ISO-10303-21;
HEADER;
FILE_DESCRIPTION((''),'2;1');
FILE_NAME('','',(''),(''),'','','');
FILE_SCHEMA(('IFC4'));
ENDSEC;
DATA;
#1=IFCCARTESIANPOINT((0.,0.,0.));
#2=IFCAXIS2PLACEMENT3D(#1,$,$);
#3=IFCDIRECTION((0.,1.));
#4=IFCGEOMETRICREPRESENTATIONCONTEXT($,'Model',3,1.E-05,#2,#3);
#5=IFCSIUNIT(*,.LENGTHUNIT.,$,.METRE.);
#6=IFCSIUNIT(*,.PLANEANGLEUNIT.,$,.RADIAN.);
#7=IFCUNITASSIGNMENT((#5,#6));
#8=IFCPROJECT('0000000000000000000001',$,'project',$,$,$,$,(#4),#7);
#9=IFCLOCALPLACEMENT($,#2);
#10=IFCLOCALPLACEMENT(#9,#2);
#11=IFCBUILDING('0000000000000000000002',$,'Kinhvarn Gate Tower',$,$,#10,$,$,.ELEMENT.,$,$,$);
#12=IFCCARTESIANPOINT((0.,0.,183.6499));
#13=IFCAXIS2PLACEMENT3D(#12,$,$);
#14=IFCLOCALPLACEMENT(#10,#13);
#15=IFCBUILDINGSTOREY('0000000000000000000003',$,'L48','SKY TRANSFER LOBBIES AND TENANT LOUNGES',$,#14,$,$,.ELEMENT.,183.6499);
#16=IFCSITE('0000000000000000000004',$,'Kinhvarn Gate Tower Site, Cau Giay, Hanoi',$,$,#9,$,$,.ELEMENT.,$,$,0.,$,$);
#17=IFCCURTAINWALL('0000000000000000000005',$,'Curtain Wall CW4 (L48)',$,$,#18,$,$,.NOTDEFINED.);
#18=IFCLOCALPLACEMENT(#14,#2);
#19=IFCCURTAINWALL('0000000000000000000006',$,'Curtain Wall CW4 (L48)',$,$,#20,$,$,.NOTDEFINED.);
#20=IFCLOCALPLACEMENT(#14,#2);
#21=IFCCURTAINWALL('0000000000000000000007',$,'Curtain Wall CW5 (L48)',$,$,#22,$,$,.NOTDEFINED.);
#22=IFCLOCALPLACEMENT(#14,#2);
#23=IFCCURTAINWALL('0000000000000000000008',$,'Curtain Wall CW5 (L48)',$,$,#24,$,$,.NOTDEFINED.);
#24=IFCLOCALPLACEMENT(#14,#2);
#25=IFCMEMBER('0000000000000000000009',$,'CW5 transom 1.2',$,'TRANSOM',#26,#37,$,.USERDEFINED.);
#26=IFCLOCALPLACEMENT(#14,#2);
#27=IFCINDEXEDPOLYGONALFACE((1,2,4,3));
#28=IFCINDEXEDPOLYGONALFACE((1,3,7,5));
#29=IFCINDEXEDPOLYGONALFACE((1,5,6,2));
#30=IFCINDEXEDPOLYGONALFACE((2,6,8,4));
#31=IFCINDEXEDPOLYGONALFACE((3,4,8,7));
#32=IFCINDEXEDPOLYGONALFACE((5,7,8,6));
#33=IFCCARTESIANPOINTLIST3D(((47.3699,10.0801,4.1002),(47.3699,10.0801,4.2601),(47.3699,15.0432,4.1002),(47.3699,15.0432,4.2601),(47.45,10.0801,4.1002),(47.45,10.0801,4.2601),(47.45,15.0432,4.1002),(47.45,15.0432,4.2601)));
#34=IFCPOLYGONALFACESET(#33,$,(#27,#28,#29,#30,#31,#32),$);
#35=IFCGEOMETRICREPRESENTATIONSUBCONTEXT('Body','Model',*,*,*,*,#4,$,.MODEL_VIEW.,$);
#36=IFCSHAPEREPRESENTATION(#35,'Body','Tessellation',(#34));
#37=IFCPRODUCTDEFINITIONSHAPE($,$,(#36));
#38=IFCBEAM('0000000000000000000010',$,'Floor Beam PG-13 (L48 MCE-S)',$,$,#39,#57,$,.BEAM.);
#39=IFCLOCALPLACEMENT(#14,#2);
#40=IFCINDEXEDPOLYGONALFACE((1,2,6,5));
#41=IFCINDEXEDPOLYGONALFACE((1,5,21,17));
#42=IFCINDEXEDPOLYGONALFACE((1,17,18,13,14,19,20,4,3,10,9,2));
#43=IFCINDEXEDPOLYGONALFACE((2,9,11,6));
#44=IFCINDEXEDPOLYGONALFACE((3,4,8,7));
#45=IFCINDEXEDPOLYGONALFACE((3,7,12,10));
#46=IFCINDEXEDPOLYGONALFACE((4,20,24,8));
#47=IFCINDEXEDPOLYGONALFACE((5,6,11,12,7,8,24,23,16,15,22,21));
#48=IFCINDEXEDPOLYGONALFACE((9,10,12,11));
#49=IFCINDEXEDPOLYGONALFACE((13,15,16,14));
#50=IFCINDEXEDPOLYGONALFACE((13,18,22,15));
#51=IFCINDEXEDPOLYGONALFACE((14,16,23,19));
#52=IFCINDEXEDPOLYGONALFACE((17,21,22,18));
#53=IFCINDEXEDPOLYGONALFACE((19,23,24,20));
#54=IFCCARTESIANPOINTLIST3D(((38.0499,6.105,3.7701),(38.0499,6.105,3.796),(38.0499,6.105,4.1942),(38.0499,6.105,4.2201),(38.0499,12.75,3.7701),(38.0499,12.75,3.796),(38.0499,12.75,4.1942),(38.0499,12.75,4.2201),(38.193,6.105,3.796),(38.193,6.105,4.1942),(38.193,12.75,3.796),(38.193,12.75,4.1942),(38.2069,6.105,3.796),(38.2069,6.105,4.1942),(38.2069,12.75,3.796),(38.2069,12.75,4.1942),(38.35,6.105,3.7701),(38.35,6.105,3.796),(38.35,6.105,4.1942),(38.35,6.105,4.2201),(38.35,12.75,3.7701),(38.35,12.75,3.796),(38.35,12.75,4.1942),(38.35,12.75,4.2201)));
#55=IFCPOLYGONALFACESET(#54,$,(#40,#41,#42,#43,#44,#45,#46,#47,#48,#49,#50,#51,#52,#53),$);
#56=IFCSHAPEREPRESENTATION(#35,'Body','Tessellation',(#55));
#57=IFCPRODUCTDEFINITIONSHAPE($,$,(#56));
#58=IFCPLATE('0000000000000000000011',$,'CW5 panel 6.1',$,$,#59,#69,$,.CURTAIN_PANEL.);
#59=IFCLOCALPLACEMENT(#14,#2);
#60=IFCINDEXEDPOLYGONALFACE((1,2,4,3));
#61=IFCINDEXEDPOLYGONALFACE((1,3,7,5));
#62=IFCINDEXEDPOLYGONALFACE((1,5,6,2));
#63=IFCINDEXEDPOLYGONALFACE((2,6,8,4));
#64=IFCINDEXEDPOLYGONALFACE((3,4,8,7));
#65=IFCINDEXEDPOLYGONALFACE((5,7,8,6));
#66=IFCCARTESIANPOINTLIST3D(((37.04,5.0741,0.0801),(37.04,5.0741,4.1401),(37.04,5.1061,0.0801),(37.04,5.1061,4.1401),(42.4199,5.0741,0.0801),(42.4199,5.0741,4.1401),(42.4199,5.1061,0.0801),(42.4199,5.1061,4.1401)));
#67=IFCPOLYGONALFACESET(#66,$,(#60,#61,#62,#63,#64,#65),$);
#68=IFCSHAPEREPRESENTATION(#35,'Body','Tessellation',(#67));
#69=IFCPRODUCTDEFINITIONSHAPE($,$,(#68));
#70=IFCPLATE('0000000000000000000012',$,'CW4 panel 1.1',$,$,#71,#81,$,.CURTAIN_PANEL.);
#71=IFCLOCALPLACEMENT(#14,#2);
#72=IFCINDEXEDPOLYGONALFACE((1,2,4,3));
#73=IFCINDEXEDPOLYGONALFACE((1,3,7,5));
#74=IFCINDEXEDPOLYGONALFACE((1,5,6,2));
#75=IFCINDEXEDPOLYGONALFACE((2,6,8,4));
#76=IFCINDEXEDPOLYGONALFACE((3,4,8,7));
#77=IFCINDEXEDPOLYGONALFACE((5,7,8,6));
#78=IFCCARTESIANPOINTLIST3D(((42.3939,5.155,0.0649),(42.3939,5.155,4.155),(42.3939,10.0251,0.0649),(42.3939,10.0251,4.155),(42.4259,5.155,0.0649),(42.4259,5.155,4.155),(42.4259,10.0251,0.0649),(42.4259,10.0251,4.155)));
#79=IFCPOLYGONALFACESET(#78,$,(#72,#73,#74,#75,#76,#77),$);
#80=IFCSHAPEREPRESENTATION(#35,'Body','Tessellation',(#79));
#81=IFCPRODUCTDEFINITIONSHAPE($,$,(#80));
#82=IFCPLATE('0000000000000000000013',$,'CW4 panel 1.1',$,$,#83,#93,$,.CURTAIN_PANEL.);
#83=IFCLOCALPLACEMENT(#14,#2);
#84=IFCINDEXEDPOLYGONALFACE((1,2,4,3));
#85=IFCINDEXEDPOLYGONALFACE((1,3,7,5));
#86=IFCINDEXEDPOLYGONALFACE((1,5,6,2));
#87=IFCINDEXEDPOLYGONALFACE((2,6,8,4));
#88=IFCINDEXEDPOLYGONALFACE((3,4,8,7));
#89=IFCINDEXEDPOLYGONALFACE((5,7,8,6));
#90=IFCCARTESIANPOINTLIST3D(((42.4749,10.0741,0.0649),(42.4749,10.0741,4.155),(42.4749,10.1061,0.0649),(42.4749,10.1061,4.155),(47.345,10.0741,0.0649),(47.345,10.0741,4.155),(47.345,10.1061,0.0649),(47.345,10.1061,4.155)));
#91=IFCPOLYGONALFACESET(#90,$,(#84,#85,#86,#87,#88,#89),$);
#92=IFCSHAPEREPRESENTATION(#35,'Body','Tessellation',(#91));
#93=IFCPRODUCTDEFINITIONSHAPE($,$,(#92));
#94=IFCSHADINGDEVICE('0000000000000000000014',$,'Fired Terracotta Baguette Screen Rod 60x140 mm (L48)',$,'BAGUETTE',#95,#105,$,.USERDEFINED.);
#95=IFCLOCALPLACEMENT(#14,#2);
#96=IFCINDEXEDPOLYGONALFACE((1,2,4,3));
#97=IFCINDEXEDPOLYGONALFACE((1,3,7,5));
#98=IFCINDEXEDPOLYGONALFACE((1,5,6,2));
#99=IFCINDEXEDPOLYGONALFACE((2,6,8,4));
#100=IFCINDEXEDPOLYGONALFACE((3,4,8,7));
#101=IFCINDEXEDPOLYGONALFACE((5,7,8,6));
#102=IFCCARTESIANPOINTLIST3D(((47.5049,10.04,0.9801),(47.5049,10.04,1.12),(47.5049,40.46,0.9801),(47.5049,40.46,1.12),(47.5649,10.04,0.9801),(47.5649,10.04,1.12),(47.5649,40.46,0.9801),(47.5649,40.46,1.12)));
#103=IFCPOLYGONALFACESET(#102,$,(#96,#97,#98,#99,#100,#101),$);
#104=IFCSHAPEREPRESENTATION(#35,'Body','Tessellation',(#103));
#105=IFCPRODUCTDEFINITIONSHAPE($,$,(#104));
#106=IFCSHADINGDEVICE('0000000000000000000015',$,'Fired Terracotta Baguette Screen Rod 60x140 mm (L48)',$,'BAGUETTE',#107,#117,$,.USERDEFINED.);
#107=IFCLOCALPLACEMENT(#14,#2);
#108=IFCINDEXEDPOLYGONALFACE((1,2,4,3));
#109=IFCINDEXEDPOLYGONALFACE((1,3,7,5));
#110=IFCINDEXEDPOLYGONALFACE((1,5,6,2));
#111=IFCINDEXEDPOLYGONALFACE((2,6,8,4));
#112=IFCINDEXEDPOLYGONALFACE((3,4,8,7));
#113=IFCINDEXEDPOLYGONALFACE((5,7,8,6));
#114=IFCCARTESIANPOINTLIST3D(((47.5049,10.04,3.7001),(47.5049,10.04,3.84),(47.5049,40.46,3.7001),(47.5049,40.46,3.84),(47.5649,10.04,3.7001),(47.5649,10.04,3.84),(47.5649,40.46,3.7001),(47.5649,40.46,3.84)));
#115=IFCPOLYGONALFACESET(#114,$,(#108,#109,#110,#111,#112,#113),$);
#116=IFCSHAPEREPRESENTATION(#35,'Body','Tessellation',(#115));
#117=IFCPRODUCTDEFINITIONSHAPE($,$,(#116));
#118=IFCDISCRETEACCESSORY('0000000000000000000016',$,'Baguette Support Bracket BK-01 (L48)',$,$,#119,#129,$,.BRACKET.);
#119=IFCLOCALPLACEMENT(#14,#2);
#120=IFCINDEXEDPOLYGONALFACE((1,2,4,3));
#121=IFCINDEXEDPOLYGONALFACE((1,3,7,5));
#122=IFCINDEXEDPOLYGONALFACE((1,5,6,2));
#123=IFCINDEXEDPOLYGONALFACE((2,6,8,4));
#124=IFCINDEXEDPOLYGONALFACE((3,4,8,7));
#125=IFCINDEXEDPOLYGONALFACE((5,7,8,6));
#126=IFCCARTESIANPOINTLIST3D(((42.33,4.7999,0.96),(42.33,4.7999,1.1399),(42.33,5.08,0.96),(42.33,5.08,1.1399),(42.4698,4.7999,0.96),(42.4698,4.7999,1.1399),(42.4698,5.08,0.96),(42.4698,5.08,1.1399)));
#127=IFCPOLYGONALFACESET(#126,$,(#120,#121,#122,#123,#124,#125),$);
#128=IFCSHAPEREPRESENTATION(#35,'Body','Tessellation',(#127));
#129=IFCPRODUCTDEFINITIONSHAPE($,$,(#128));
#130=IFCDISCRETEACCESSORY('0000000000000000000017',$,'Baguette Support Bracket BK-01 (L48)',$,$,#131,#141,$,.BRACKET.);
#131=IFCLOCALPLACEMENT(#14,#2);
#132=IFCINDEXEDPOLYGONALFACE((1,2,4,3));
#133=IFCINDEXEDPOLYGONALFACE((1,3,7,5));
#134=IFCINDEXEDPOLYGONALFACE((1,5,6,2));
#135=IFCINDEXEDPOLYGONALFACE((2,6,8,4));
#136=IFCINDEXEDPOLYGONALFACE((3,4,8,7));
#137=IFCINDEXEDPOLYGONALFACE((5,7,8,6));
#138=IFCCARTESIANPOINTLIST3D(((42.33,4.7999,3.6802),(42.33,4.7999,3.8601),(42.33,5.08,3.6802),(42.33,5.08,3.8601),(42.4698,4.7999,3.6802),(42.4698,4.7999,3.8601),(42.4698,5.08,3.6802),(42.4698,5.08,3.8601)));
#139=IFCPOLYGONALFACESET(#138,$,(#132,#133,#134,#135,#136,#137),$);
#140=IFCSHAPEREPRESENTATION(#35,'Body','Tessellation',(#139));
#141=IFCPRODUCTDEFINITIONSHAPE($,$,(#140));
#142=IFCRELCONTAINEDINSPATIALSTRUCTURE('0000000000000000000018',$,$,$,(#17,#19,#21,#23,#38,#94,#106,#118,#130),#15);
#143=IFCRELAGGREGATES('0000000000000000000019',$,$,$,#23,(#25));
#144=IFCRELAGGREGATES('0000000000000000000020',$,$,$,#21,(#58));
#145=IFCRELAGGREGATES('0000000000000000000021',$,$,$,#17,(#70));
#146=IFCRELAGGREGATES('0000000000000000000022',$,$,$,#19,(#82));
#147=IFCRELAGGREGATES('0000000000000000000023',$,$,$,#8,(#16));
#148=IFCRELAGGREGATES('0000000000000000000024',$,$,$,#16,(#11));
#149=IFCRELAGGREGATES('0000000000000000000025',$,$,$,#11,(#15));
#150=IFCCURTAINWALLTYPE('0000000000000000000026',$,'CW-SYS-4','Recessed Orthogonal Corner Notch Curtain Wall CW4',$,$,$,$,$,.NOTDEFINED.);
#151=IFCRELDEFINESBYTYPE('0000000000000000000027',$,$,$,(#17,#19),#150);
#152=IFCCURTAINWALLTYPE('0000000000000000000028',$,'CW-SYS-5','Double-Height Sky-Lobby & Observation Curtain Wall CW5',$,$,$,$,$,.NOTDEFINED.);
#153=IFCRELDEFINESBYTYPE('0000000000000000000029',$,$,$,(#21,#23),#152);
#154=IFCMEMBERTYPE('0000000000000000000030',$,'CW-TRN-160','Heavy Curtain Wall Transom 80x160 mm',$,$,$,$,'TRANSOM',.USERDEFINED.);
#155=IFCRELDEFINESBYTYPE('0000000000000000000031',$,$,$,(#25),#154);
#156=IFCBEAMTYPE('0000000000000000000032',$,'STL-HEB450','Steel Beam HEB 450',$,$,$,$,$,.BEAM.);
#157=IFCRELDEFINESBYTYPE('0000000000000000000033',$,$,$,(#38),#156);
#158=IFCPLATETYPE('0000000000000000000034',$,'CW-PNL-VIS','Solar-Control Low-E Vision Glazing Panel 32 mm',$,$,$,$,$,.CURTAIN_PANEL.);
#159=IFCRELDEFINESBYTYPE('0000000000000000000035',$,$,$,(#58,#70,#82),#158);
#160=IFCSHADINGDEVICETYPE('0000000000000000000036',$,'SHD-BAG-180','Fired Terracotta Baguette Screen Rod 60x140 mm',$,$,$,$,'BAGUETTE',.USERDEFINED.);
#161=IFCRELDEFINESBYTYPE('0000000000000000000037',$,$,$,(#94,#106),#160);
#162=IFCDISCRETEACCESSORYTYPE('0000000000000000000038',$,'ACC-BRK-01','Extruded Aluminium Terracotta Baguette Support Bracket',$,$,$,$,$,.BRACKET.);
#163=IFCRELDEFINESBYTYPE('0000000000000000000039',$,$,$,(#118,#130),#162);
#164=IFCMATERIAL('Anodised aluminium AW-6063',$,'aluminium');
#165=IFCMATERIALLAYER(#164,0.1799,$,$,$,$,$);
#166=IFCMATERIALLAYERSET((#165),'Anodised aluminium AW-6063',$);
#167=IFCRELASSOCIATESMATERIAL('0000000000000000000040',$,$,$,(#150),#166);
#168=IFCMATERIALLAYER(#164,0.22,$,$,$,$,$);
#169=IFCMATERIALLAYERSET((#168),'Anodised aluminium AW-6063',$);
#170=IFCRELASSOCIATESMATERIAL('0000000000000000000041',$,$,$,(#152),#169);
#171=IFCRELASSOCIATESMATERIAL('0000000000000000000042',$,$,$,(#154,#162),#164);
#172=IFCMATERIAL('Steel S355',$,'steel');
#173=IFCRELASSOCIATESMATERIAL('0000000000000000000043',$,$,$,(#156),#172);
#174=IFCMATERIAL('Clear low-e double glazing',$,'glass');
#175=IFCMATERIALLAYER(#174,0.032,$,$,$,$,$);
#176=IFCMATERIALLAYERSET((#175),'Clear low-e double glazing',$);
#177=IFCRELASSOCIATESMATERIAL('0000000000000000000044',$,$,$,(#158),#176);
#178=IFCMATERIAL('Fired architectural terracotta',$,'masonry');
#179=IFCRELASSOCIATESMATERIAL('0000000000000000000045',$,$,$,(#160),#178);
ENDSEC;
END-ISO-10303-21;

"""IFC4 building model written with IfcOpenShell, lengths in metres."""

from ifc_helpers import new_model, si_unit, direction, frame, origin, origin_2d, place, context, subcontext, project, spatial, rectangle, i_section, extrude, material, layer, layer_set, material_profile, profile_set, type_object, element, aggregate, save


model = new_model("IFC4")

# Units and contexts
model_context = context("Model", 3, precision=1e-05, world=origin(), true_north=direction((0.0, 1.0)))
body_context = subcontext(model_context, "Body", "Model", "MODEL_VIEW")
ifc_project = project(units=[si_unit("LENGTHUNIT", "METRE"), si_unit("PLANEANGLEUNIT", "RADIAN")], contexts=[model_context])

# Site, building, storey
site_placement = place(None, origin())
site = spatial("IfcSite", under=ifc_project, at=site_placement, Name="Kinhvarn Gate Tower Site, Cau Giay, Hanoi", CompositionType="ELEMENT", RefElevation=0.0)
building_placement = place(site_placement, origin())
building = spatial("IfcBuilding", under=site, at=building_placement, Name="Kinhvarn Gate Tower", CompositionType="ELEMENT")
storey_placement = place(building_placement, frame((0.0, 0.0, 183.6499)))
storey = spatial("IfcBuildingStorey", under=building, at=storey_placement, Name="L48", Description="SKY TRANSFER LOBBIES AND TENANT LOUNGES", CompositionType="ELEMENT", Elevation=183.6499)

# Curtain wall
ifc_material_1 = material(Name="Anodised aluminium AW-6063", Category="aluminium")
ifc_layer_1 = layer(ifc_material_1, 0.1799)
ifc_layer_set_1 = layer_set([ifc_layer_1], Name="Anodised aluminium AW-6063")
curtain_wall_type_1 = type_object("IfcCurtainWallType", Name="CW-SYS-4", Description="Recessed Orthogonal Corner Notch Curtain Wall CW4", PredefinedType="NOTDEFINED", material=ifc_layer_set_1)
curtain_wall_1_placement = place(storey_placement, origin())
curtain_wall_1 = element("IfcCurtainWall", 1, at=curtain_wall_1_placement, inside=storey, type_object=curtain_wall_type_1, Name="Curtain Wall CW4 (L48)", PredefinedType="NOTDEFINED")

# Curtain wall
curtain_wall_2_placement = place(storey_placement, origin())
curtain_wall_2 = element("IfcCurtainWall", 2, at=curtain_wall_2_placement, inside=storey, type_object=curtain_wall_type_1, Name="Curtain Wall CW4 (L48)", PredefinedType="NOTDEFINED")

# Curtain wall
ifc_layer_2 = layer(ifc_material_1, 0.22)
ifc_layer_set_2 = layer_set([ifc_layer_2], Name="Anodised aluminium AW-6063")
curtain_wall_type_2 = type_object("IfcCurtainWallType", Name="CW-SYS-5", Description="Double-Height Sky-Lobby & Observation Curtain Wall CW5", PredefinedType="NOTDEFINED", material=ifc_layer_set_2)
curtain_wall_3_placement = place(storey_placement, origin())
curtain_wall_3 = element("IfcCurtainWall", 3, at=curtain_wall_3_placement, inside=storey, type_object=curtain_wall_type_2, Name="Curtain Wall CW5 (L48)", PredefinedType="NOTDEFINED")

# Curtain wall
curtain_wall_4_placement = place(storey_placement, origin())
curtain_wall_4 = element("IfcCurtainWall", 4, at=curtain_wall_4_placement, inside=storey, type_object=curtain_wall_type_2, Name="Curtain Wall CW5 (L48)", PredefinedType="NOTDEFINED")

# Member
ifc_material_profile_1 = material_profile(ifc_material_1, rectangle(XDim=0.0801, YDim=0.1599, at=origin_2d()), Name="ALU 80x160")
ifc_profile_set_1 = profile_set([ifc_material_profile_1], Name="Anodised aluminium AW-6063")
member_type_1 = type_object("IfcMemberType", Name="CW-TRN-160", Description="Heavy Curtain Wall Transom 80x160 mm", ElementType="TRANSOM", PredefinedType="USERDEFINED", material=ifc_profile_set_1)
member_1_placement = place(storey_placement, frame((47.4099, 10.0801, 4.1802), z_axis=(0.0, 1.0, 0.0), x_axis=(-1.0, 0.0, 0.0)))
member_1 = element("IfcMember", 5, at=member_1_placement, type_object=member_type_1, Name="CW5 transom 1.2", ObjectType="TRANSOM", PredefinedType="USERDEFINED", context=body_context, shape_type="SweptSolid", body=[
    extrude(rectangle(XDim=0.0801, YDim=0.1599, at=origin_2d()), origin(), (0.0, 0.0, 1.0), 4.9631),
])
aggregate(curtain_wall_4, [member_1])

# Beam
ifc_material_2 = material(Name="Steel S355", Category="steel")
ifc_material_profile_2 = material_profile(ifc_material_2, i_section(OverallWidth=0.3, OverallDepth=0.45, WebThickness=0.0139, FlangeThickness=0.0259, at=origin_2d()), Name="HEB 450")
ifc_profile_set_2 = profile_set([ifc_material_profile_2], Name="Steel S355")
beam_type = type_object("IfcBeamType", Name="STL-HEB450", Description="Steel Beam HEB 450", PredefinedType="BEAM", material=ifc_profile_set_2)
beam_placement = place(storey_placement, frame((38.2, 6.105, 3.9951), z_axis=(0.0, 1.0, 0.0), x_axis=(-1.0, 0.0, 0.0)))
element("IfcBeam", 6, at=beam_placement, inside=storey, type_object=beam_type, Name="Floor Beam PG-13 (L48 MCE-S)", PredefinedType="BEAM", context=body_context, shape_type="SweptSolid", body=[
    extrude(i_section(OverallWidth=0.3, OverallDepth=0.45, WebThickness=0.0139, FlangeThickness=0.0259, at=origin_2d()), origin(), (0.0, 0.0, 1.0), 6.645),
])

# Plates
ifc_material_3 = material(Name="Clear low-e double glazing", Category="glass")
ifc_layer_3 = layer(ifc_material_3, 0.032)
ifc_layer_set_3 = layer_set([ifc_layer_3], Name="Clear low-e double glazing")
plate_type = type_object("IfcPlateType", Name="CW-PNL-VIS", Description="Solar-Control Low-E Vision Glazing Panel 32 mm", PredefinedType="CURTAIN_PANEL", material=ifc_layer_set_3)
plate_1_placement = place(storey_placement, frame((39.73, 5.0901, 0.0801), z_axis=(0.0, 0.0, 1.0), x_axis=(1.0, 0.0, 0.0)))
plate_1 = element("IfcPlate", 7, at=plate_1_placement, type_object=plate_type, Name="CW5 panel 6.1", PredefinedType="CURTAIN_PANEL", context=body_context, shape_type="SweptSolid", body=[
    extrude(rectangle(XDim=5.3799, YDim=0.032, at=origin_2d()), origin(), (0.0, 0.0, 1.0), 4.0601),
])
aggregate(curtain_wall_3, [plate_1])
plate_2_placement = place(storey_placement, frame((42.4099, 7.5901, 0.0649), z_axis=(0.0, 0.0, 1.0), x_axis=(0.0, 1.0, 0.0)))
plate_2 = element("IfcPlate", 8, at=plate_2_placement, type_object=plate_type, Name="CW4 panel 1.1", PredefinedType="CURTAIN_PANEL", context=body_context, shape_type="SweptSolid", body=[
    extrude(rectangle(XDim=4.8701, YDim=0.032, at=origin_2d()), origin(), (0.0, 0.0, 1.0), 4.0901),
])
aggregate(curtain_wall_1, [plate_2])
plate_3_placement = place(storey_placement, frame((44.9099, 10.0901, 0.0649), z_axis=(0.0, 0.0, 1.0), x_axis=(1.0, 0.0, 0.0)))
plate_3 = element("IfcPlate", 9, at=plate_3_placement, type_object=plate_type, Name="CW4 panel 1.1", PredefinedType="CURTAIN_PANEL", context=body_context, shape_type="SweptSolid", body=[
    extrude(rectangle(XDim=4.8701, YDim=0.032, at=origin_2d()), origin(), (0.0, 0.0, 1.0), 4.0901),
])
aggregate(curtain_wall_2, [plate_3])

# Shading devices
ifc_material_4 = material(Name="Fired architectural terracotta", Category="masonry")
ifc_material_profile_3 = material_profile(ifc_material_4, rectangle(XDim=0.0601, YDim=0.1399, at=origin_2d()), Name="TC 60x140")
ifc_profile_set_3 = profile_set([ifc_material_profile_3], Name="Fired architectural terracotta")
shading_device_type = type_object("IfcShadingDeviceType", Name="SHD-BAG-180", Description="Fired Terracotta Baguette Screen Rod 60x140 mm", ElementType="BAGUETTE", PredefinedType="USERDEFINED", material=ifc_profile_set_3)
for number, where, z_axis, x_axis, name in (
    (10, (47.5349, 10.04, 1.05), (0.0, 1.0, 0.0), (-1.0, 0.0, 0.0), "Fired Terracotta Baguette Screen Rod 60x140 mm (L48)"),
    (11, (47.5349, 10.04, 3.77), (0.0, 1.0, 0.0), (-1.0, 0.0, 0.0), "Fired Terracotta Baguette Screen Rod 60x140 mm (L48)"),
):
    element("IfcShadingDevice", number, at=place(storey_placement, frame(where, z_axis=z_axis, x_axis=x_axis)), inside=storey, type_object=shading_device_type, Name=name, ObjectType="BAGUETTE", PredefinedType="USERDEFINED", context=body_context, shape_type="SweptSolid", body=[
        extrude(rectangle(XDim=0.0601, YDim=0.1399, at=origin_2d()), origin(), (0.0, 0.0, 1.0), 30.4199),
    ])

# Discrete accessories
discrete_accessory_type = type_object("IfcDiscreteAccessoryType", Name="ACC-BRK-01", Description="Extruded Aluminium Terracotta Baguette Support Bracket", PredefinedType="BRACKET", material=ifc_material_1)
for number, where, z_axis, x_axis, name in (
    (12, (42.3999, 4.9399, 0.96), (0.0, 0.0, 1.0), (1.0, 0.0, 0.0), "Baguette Support Bracket BK-01 (L48)"),
    (13, (42.3999, 4.9399, 3.6802), (0.0, 0.0, 1.0), (1.0, 0.0, 0.0), "Baguette Support Bracket BK-01 (L48)"),
):
    element("IfcDiscreteAccessory", number, at=place(storey_placement, frame(where, z_axis=z_axis, x_axis=x_axis)), inside=storey, type_object=discrete_accessory_type, Name=name, PredefinedType="BRACKET", context=body_context, shape_type="SweptSolid", body=[
        extrude(rectangle(XDim=0.1399, YDim=0.28, at=origin_2d()), origin(), (0.0, 0.0, 1.0), 0.1799),
    ])

save(model, "model.ifc")
